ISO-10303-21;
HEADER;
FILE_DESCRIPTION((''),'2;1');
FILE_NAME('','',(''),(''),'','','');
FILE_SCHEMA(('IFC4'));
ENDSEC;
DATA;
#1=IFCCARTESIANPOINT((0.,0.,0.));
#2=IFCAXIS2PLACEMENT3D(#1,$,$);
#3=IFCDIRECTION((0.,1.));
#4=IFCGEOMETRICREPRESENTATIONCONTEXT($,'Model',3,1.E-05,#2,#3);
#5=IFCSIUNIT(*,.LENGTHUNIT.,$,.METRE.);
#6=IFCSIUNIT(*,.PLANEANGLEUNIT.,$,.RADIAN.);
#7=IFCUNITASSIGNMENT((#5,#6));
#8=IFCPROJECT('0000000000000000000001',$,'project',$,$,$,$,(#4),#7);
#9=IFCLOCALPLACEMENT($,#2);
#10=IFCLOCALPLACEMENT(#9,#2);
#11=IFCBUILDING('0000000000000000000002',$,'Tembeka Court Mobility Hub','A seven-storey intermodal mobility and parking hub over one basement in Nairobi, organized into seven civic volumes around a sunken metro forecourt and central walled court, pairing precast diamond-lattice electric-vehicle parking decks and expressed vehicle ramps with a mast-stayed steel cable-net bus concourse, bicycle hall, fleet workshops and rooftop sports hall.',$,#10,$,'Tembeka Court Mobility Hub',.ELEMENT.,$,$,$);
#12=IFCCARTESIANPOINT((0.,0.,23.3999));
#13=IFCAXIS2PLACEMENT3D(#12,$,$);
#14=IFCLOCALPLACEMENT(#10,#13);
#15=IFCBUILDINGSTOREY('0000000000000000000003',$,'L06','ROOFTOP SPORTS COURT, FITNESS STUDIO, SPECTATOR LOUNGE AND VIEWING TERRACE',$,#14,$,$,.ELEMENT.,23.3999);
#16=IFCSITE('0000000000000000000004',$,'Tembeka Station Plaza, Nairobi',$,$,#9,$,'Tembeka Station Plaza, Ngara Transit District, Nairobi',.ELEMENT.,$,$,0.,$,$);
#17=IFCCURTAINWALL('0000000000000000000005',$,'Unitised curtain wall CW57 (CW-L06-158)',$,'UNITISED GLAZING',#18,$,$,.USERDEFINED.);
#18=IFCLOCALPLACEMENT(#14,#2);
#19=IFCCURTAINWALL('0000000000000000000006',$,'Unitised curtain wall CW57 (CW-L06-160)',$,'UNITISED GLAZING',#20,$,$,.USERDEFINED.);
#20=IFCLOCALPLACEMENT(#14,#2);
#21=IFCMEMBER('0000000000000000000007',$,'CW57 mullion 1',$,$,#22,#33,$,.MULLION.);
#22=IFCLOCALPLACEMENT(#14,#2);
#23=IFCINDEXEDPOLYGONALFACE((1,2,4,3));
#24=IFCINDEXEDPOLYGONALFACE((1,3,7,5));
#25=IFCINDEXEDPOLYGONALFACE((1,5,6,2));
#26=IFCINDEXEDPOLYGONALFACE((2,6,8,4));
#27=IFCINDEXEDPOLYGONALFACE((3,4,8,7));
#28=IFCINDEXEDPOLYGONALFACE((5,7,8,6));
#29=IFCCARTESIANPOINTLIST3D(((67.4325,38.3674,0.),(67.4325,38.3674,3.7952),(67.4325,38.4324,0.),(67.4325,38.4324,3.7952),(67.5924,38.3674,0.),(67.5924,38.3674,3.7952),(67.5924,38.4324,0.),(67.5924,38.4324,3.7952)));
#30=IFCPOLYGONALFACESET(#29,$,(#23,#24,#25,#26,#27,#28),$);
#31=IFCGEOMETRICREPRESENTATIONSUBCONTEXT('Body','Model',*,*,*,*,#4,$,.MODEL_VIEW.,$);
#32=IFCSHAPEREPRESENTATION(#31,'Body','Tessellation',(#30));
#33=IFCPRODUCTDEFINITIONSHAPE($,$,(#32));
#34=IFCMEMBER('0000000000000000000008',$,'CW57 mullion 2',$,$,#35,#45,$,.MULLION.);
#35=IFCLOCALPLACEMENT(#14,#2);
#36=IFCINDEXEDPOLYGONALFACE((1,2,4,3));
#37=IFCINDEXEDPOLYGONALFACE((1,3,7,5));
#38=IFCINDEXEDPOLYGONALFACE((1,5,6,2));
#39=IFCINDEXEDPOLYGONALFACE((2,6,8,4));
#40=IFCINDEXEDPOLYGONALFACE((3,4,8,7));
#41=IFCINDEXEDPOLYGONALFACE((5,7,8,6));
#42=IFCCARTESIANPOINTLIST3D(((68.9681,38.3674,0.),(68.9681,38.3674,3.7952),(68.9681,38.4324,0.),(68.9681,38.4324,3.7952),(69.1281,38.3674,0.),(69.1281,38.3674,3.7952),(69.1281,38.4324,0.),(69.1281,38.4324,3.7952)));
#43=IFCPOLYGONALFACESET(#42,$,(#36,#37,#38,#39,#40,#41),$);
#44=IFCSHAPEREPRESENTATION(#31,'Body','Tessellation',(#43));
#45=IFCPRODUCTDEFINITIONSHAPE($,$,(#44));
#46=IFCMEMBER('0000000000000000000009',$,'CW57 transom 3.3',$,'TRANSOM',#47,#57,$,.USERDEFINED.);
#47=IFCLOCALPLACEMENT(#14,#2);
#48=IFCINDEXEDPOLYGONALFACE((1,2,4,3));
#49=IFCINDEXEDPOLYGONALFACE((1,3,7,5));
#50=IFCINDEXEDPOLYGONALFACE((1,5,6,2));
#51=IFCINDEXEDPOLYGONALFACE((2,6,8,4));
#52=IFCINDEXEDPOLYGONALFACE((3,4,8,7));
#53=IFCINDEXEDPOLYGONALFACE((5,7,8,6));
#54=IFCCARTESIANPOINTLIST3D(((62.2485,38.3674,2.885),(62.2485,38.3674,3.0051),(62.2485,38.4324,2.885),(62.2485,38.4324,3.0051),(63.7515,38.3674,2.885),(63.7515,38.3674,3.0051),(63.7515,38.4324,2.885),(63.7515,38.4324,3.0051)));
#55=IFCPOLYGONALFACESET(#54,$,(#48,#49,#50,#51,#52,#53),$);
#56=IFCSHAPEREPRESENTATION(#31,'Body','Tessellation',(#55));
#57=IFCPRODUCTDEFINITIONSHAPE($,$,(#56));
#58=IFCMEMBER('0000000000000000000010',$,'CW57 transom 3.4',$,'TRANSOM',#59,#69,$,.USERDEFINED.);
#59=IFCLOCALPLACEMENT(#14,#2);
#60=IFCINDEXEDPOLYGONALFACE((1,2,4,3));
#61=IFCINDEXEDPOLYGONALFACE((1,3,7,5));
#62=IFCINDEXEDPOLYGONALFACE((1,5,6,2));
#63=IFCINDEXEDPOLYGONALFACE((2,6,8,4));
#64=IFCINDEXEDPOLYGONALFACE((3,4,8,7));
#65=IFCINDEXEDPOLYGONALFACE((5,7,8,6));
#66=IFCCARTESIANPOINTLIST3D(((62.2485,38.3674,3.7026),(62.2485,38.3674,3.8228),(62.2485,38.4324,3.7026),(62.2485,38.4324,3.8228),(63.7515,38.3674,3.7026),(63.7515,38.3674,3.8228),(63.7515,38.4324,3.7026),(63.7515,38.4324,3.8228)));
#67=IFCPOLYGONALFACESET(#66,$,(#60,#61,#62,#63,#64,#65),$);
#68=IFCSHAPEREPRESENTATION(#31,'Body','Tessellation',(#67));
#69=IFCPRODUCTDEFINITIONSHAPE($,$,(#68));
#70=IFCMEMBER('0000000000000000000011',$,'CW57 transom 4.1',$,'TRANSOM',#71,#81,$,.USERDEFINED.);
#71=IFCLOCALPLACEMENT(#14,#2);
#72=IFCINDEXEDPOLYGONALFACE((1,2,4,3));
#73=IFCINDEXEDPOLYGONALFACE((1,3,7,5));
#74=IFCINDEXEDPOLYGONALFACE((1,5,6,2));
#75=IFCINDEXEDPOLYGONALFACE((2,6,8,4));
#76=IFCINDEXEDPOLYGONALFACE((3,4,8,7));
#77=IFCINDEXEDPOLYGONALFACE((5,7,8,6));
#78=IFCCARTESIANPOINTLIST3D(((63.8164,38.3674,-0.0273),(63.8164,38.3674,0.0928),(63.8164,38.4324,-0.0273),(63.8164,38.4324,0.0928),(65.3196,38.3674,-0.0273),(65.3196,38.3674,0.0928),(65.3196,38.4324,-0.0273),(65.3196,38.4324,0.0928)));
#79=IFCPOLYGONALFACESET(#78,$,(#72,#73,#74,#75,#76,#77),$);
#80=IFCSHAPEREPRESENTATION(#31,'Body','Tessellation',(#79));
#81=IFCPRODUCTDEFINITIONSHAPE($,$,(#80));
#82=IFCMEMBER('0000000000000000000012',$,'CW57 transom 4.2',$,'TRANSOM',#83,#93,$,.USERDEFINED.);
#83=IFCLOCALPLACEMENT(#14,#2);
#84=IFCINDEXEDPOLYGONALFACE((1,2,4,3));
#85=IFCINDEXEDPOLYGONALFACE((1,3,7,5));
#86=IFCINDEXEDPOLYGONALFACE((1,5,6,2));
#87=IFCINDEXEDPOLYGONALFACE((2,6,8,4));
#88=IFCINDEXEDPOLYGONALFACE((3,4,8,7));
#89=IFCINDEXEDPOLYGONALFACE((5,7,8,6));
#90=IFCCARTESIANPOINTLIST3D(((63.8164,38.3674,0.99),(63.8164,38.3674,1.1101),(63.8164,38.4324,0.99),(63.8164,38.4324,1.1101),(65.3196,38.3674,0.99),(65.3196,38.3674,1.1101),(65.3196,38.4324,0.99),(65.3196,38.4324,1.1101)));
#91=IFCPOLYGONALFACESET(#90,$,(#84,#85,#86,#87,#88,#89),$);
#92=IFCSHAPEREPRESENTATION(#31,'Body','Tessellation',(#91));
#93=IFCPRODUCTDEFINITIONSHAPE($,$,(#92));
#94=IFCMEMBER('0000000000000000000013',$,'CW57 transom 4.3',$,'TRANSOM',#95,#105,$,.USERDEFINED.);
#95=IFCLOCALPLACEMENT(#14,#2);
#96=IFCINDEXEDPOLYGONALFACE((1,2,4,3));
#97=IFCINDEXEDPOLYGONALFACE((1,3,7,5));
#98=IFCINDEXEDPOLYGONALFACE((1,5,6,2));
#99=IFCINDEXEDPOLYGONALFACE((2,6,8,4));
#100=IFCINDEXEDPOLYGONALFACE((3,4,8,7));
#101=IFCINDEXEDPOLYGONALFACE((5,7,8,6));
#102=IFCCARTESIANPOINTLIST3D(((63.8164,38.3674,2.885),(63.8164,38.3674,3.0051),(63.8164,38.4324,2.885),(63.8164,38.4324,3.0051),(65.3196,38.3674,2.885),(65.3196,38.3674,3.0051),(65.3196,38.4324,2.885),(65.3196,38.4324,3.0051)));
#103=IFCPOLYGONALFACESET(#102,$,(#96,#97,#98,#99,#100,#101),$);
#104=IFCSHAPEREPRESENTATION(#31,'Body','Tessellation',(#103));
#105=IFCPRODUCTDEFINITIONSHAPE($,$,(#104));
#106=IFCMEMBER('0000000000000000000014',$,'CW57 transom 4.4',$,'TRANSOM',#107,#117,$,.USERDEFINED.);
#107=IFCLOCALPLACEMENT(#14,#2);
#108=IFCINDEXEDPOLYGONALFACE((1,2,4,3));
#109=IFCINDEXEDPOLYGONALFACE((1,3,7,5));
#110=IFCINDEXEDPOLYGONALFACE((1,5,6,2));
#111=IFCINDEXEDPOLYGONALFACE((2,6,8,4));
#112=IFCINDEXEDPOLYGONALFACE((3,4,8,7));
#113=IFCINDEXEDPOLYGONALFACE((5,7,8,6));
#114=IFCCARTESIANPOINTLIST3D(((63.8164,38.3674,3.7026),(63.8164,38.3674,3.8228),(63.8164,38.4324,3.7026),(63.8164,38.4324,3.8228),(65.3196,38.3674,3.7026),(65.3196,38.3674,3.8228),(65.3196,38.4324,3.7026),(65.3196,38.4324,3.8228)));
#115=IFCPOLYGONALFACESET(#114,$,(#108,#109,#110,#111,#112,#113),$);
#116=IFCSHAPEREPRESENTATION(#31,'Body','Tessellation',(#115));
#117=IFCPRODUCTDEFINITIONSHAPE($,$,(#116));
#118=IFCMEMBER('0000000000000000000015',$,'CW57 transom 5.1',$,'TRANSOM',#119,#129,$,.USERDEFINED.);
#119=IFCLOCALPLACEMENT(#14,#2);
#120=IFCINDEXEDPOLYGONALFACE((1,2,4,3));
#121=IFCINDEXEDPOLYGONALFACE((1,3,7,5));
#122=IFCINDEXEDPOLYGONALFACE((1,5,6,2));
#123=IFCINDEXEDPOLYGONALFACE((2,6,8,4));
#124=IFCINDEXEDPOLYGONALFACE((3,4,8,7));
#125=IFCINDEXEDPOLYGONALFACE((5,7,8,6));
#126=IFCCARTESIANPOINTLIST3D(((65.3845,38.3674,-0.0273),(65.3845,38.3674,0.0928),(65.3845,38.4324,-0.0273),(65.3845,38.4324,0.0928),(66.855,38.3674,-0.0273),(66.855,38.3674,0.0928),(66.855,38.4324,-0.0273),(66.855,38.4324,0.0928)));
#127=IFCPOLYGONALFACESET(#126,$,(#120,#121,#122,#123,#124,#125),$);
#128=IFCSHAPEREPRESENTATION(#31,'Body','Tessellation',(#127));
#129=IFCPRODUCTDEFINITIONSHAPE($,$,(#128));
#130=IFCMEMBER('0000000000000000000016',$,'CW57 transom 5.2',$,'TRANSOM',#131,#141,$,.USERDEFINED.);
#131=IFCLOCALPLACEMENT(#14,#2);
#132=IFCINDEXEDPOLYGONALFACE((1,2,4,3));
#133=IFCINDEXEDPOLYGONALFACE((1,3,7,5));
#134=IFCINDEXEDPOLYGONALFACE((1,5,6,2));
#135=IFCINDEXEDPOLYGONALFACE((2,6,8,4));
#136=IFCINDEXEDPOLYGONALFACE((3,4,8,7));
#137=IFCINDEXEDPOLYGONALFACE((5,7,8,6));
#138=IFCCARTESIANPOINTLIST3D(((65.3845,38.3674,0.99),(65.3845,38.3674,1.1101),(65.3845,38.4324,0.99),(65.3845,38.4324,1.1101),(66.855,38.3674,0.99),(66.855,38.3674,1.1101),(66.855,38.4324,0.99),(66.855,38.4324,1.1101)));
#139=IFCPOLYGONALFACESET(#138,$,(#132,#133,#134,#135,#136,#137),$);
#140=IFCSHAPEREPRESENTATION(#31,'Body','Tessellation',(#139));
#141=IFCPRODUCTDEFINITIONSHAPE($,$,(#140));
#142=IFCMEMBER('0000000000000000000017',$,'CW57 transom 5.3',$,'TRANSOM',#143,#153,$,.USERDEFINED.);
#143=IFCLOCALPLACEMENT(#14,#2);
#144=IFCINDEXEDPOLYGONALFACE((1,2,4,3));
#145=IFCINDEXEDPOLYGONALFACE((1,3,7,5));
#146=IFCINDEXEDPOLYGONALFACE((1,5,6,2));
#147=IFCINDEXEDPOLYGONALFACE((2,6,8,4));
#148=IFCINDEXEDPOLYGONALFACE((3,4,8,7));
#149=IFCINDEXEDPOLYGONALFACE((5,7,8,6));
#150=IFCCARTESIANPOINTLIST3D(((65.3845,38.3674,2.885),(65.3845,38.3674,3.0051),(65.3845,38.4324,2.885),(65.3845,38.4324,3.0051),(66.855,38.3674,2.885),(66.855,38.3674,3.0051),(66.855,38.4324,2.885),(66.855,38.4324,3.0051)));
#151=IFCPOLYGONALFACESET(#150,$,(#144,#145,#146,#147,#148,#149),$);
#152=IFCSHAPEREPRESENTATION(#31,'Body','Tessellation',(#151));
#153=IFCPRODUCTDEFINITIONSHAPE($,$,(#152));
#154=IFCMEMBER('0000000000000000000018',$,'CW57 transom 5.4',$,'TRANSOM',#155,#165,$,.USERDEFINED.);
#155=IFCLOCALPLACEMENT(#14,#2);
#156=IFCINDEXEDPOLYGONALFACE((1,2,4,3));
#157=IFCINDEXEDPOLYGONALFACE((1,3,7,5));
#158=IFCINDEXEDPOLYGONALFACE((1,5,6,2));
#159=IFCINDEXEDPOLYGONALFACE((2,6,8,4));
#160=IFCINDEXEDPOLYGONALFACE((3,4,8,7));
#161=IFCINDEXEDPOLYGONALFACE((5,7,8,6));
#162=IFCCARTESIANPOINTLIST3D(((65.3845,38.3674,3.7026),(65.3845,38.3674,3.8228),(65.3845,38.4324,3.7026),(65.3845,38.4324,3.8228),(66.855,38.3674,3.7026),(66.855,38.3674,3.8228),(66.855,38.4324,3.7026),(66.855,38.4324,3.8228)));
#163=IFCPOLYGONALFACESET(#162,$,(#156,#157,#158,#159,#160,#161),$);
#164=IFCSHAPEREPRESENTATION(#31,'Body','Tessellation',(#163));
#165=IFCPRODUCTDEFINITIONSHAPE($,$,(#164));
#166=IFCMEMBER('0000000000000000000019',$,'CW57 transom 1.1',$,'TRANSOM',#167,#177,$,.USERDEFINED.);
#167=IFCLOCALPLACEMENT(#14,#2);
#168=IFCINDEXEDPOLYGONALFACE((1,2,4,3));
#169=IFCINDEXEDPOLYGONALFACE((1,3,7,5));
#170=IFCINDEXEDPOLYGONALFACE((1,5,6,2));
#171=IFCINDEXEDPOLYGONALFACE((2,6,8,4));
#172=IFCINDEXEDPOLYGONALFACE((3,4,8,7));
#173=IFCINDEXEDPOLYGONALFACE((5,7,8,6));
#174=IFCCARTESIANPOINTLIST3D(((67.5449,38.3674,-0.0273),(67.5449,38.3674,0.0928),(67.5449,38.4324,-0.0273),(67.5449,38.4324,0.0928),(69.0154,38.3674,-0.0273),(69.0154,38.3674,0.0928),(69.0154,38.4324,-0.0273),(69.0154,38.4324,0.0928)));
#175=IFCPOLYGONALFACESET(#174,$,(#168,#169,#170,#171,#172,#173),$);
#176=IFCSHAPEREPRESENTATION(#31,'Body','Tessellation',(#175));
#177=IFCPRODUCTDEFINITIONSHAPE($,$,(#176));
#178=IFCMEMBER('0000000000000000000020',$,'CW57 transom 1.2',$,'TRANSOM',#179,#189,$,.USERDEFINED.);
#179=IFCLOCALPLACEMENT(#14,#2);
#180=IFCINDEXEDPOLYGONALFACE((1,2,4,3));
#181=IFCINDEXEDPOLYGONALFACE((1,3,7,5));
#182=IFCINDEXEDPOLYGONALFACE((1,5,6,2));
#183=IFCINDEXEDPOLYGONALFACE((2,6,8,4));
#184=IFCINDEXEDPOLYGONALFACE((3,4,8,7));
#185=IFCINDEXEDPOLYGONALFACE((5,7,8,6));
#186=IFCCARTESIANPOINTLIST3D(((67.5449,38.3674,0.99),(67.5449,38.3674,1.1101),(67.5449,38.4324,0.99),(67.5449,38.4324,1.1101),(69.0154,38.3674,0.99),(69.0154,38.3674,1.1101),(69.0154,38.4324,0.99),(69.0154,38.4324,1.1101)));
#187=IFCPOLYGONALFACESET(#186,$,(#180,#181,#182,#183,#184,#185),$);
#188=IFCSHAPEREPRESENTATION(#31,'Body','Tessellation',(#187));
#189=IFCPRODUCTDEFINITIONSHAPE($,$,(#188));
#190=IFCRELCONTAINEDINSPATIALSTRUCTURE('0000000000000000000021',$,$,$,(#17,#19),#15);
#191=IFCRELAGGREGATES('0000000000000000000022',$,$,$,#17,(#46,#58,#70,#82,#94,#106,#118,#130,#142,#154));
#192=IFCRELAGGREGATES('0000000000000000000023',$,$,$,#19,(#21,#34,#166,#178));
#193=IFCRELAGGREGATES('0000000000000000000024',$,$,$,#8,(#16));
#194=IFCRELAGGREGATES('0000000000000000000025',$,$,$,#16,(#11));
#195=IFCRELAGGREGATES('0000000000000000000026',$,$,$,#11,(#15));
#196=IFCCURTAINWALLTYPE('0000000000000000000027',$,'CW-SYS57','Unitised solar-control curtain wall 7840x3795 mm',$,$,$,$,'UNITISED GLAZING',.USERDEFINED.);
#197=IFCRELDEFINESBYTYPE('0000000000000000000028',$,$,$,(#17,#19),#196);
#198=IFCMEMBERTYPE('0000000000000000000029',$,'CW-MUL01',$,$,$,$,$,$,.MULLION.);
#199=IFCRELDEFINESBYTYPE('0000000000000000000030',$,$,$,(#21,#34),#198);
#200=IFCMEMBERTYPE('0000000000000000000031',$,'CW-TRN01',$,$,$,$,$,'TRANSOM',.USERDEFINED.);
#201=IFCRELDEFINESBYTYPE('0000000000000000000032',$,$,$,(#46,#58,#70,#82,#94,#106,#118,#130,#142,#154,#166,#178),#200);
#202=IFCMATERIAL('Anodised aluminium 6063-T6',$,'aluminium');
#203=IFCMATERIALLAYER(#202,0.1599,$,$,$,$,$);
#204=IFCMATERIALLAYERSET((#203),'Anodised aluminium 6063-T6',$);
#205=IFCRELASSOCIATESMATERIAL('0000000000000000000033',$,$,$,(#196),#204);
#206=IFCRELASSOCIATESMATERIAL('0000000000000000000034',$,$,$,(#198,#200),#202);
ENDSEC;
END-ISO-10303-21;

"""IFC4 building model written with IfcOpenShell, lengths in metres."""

from ifc_helpers import new_model, si_unit, direction, frame, origin, origin_2d, place, context, subcontext, project, spatial, rectangle, extrude, material, layer, layer_set, material_profile, profile_set, type_object, element, aggregate, save


model = new_model("IFC4")

# Units and contexts
model_context = context("Model", 3, precision=1e-05, world=origin(), true_north=direction((0.0, 1.0)))
body_context = subcontext(model_context, "Body", "Model", "MODEL_VIEW")
ifc_project = project(units=[si_unit("LENGTHUNIT", "METRE"), si_unit("PLANEANGLEUNIT", "RADIAN")], contexts=[model_context])

# Site, building, storey
site_placement = place(None, origin())
site = spatial("IfcSite", under=ifc_project, at=site_placement, Name="Tembeka Station Plaza, Nairobi", LongName="Tembeka Station Plaza, Ngara Transit District, Nairobi", CompositionType="ELEMENT", RefElevation=0.0)
building_placement = place(site_placement, origin())
building = spatial("IfcBuilding", under=site, at=building_placement, Name="Tembeka Court Mobility Hub", Description="A seven-storey intermodal mobility and parking hub over one basement in Nairobi, organized into seven civic volumes around a sunken metro forecourt and central walled court, pairing precast diamond-lattice electric-vehicle parking decks and expressed vehicle ramps with a mast-stayed steel cable-net bus concourse, bicycle hall, fleet workshops and rooftop sports hall.", LongName="Tembeka Court Mobility Hub", CompositionType="ELEMENT")
storey_placement = place(building_placement, frame((0.0, 0.0, 23.3999)))
storey = spatial("IfcBuildingStorey", under=building, at=storey_placement, Name="L06", Description="ROOFTOP SPORTS COURT, FITNESS STUDIO, SPECTATOR LOUNGE AND VIEWING TERRACE", CompositionType="ELEMENT", Elevation=23.3999)

# Curtain walls, members
ifc_material_1 = material(Name="Anodised aluminium 6063-T6", Category="aluminium")
ifc_layer_1 = layer(ifc_material_1, 0.1599)
ifc_layer_set_1 = layer_set([ifc_layer_1], Name="Anodised aluminium 6063-T6")
curtain_wall_type = type_object("IfcCurtainWallType", Name="CW-SYS57", Description="Unitised solar-control curtain wall 7840x3795 mm", ElementType="UNITISED GLAZING", PredefinedType="USERDEFINED", material=ifc_layer_set_1)
curtain_wall_1_placement = place(storey_placement, origin())
curtain_wall_1 = element("IfcCurtainWall", 1, at=curtain_wall_1_placement, inside=storey, type_object=curtain_wall_type, Name="Unitised curtain wall CW57 (CW-L06-158)", ObjectType="UNITISED GLAZING", PredefinedType="USERDEFINED")
ifc_material_profile_1 = material_profile(ifc_material_1, rectangle(XDim=0.0649, YDim=0.1599, at=origin_2d()), Name="ALU-MUL 65x160")
ifc_profile_set_1 = profile_set([ifc_material_profile_1], Name="Anodised aluminium 6063-T6")
member_type_1 = type_object("IfcMemberType", Name="CW-MUL01", PredefinedType="MULLION", material=ifc_profile_set_1)
curtain_wall_2_placement = place(storey_placement, origin())
curtain_wall_2 = element("IfcCurtainWall", 2, at=curtain_wall_2_placement, inside=storey, type_object=curtain_wall_type, Name="Unitised curtain wall CW57 (CW-L06-160)", ObjectType="UNITISED GLAZING", PredefinedType="USERDEFINED")
member_1_placement = place(storey_placement, frame((67.5125, 38.3999, 0.0), z_axis=(0.0, 0.0, 1.0), x_axis=(0.0, 1.0, 0.0)))
member_1 = element("IfcMember", 3, at=member_1_placement, type_object=member_type_1, Name="CW57 mullion 1", PredefinedType="MULLION", context=body_context, shape_type="SweptSolid", body=[
    extrude(rectangle(XDim=0.0649, YDim=0.1599, at=origin_2d()), origin(), (0.0, 0.0, 1.0), 3.7952),
])
member_2_placement = place(storey_placement, frame((69.0481, 38.3999, 0.0), z_axis=(0.0, 0.0, 1.0), x_axis=(0.0, 1.0, 0.0)))
member_2 = element("IfcMember", 4, at=member_2_placement, type_object=member_type_1, Name="CW57 mullion 2", PredefinedType="MULLION", context=body_context, shape_type="SweptSolid", body=[
    extrude(rectangle(XDim=0.0649, YDim=0.1599, at=origin_2d()), origin(), (0.0, 0.0, 1.0), 3.7952),
])

# Members
ifc_material_profile_2 = material_profile(ifc_material_1, rectangle(XDim=0.0649, YDim=0.1201, at=origin_2d()), Name="ALU-TRN 65x120")
ifc_profile_set_2 = profile_set([ifc_material_profile_2], Name="Anodised aluminium 6063-T6")
member_type_2 = type_object("IfcMemberType", Name="CW-TRN01", ElementType="TRANSOM", PredefinedType="USERDEFINED", material=ifc_profile_set_2)
member_3_placement = place(storey_placement, frame((62.2485, 38.3999, 2.9451), z_axis=(1.0, 0.0, 0.0), x_axis=(0.0, 1.0, 0.0)))
member_3 = element("IfcMember", 5, at=member_3_placement, type_object=member_type_2, Name="CW57 transom 3.3", ObjectType="TRANSOM", PredefinedType="USERDEFINED", context=body_context, shape_type="SweptSolid", body=[
    extrude(rectangle(XDim=0.0649, YDim=0.1201, at=origin_2d()), origin(), (0.0, 0.0, 1.0), 1.5029),
])
member_4_placement = place(storey_placement, frame((62.2485, 38.3999, 3.7627), z_axis=(1.0, 0.0, 0.0), x_axis=(0.0, 1.0, 0.0)))
member_4 = element("IfcMember", 6, at=member_4_placement, type_object=member_type_2, Name="CW57 transom 3.4", ObjectType="TRANSOM", PredefinedType="USERDEFINED", context=body_context, shape_type="SweptSolid", body=[
    extrude(rectangle(XDim=0.0649, YDim=0.1201, at=origin_2d()), origin(), (0.0, 0.0, 1.0), 1.5029),
])
member_5_placement = place(storey_placement, frame((63.8164, 38.3999, 0.0327), z_axis=(1.0, 0.0, 0.0), x_axis=(0.0, 1.0, 0.0)))
member_5 = element("IfcMember", 7, at=member_5_placement, type_object=member_type_2, Name="CW57 transom 4.1", ObjectType="TRANSOM", PredefinedType="USERDEFINED", context=body_context, shape_type="SweptSolid", body=[
    extrude(rectangle(XDim=0.0649, YDim=0.1201, at=origin_2d()), origin(), (0.0, 0.0, 1.0), 1.5032),
])
member_6_placement = place(storey_placement, frame((63.8164, 38.3999, 1.05), z_axis=(1.0, 0.0, 0.0), x_axis=(0.0, 1.0, 0.0)))
member_6 = element("IfcMember", 8, at=member_6_placement, type_object=member_type_2, Name="CW57 transom 4.2", ObjectType="TRANSOM", PredefinedType="USERDEFINED", context=body_context, shape_type="SweptSolid", body=[
    extrude(rectangle(XDim=0.0649, YDim=0.1201, at=origin_2d()), origin(), (0.0, 0.0, 1.0), 1.5032),
])
member_7_placement = place(storey_placement, frame((63.8164, 38.3999, 2.9451), z_axis=(1.0, 0.0, 0.0), x_axis=(0.0, 1.0, 0.0)))
member_7 = element("IfcMember", 9, at=member_7_placement, type_object=member_type_2, Name="CW57 transom 4.3", ObjectType="TRANSOM", PredefinedType="USERDEFINED", context=body_context, shape_type="SweptSolid", body=[
    extrude(rectangle(XDim=0.0649, YDim=0.1201, at=origin_2d()), origin(), (0.0, 0.0, 1.0), 1.5032),
])
member_8_placement = place(storey_placement, frame((63.8164, 38.3999, 3.7627), z_axis=(1.0, 0.0, 0.0), x_axis=(0.0, 1.0, 0.0)))
member_8 = element("IfcMember", 10, at=member_8_placement, type_object=member_type_2, Name="CW57 transom 4.4", ObjectType="TRANSOM", PredefinedType="USERDEFINED", context=body_context, shape_type="SweptSolid", body=[
    extrude(rectangle(XDim=0.0649, YDim=0.1201, at=origin_2d()), origin(), (0.0, 0.0, 1.0), 1.5032),
])
member_9_placement = place(storey_placement, frame((65.3845, 38.3999, 0.0327), z_axis=(1.0, 0.0, 0.0), x_axis=(0.0, 1.0, 0.0)))
member_9 = element("IfcMember", 11, at=member_9_placement, type_object=member_type_2, Name="CW57 transom 5.1", ObjectType="TRANSOM", PredefinedType="USERDEFINED", context=body_context, shape_type="SweptSolid", body=[
    extrude(rectangle(XDim=0.0649, YDim=0.1201, at=origin_2d()), origin(), (0.0, 0.0, 1.0), 1.4705),
])
member_10_placement = place(storey_placement, frame((65.3845, 38.3999, 1.05), z_axis=(1.0, 0.0, 0.0), x_axis=(0.0, 1.0, 0.0)))
member_10 = element("IfcMember", 12, at=member_10_placement, type_object=member_type_2, Name="CW57 transom 5.2", ObjectType="TRANSOM", PredefinedType="USERDEFINED", context=body_context, shape_type="SweptSolid", body=[
    extrude(rectangle(XDim=0.0649, YDim=0.1201, at=origin_2d()), origin(), (0.0, 0.0, 1.0), 1.4705),
])
member_11_placement = place(storey_placement, frame((65.3845, 38.3999, 2.9451), z_axis=(1.0, 0.0, 0.0), x_axis=(0.0, 1.0, 0.0)))
member_11 = element("IfcMember", 13, at=member_11_placement, type_object=member_type_2, Name="CW57 transom 5.3", ObjectType="TRANSOM", PredefinedType="USERDEFINED", context=body_context, shape_type="SweptSolid", body=[
    extrude(rectangle(XDim=0.0649, YDim=0.1201, at=origin_2d()), origin(), (0.0, 0.0, 1.0), 1.4705),
])
member_12_placement = place(storey_placement, frame((65.3845, 38.3999, 3.7627), z_axis=(1.0, 0.0, 0.0), x_axis=(0.0, 1.0, 0.0)))
member_12 = element("IfcMember", 14, at=member_12_placement, type_object=member_type_2, Name="CW57 transom 5.4", ObjectType="TRANSOM", PredefinedType="USERDEFINED", context=body_context, shape_type="SweptSolid", body=[
    extrude(rectangle(XDim=0.0649, YDim=0.1201, at=origin_2d()), origin(), (0.0, 0.0, 1.0), 1.4705),
])
member_13_placement = place(storey_placement, frame((67.5449, 38.3999, 0.0327), z_axis=(1.0, 0.0, 0.0), x_axis=(0.0, 1.0, 0.0)))
member_13 = element("IfcMember", 15, at=member_13_placement, type_object=member_type_2, Name="CW57 transom 1.1", ObjectType="TRANSOM", PredefinedType="USERDEFINED", context=body_context, shape_type="SweptSolid", body=[
    extrude(rectangle(XDim=0.0649, YDim=0.1201, at=origin_2d()), origin(), (0.0, 0.0, 1.0), 1.4705),
])
member_14_placement = place(storey_placement, frame((67.5449, 38.3999, 1.05), z_axis=(1.0, 0.0, 0.0), x_axis=(0.0, 1.0, 0.0)))
member_14 = element("IfcMember", 16, at=member_14_placement, type_object=member_type_2, Name="CW57 transom 1.2", ObjectType="TRANSOM", PredefinedType="USERDEFINED", context=body_context, shape_type="SweptSolid", body=[
    extrude(rectangle(XDim=0.0649, YDim=0.1201, at=origin_2d()), origin(), (0.0, 0.0, 1.0), 1.4705),
])

aggregate(curtain_wall_1, [member_3, member_4, member_5, member_6, member_7, member_8, member_9, member_10, member_11, member_12])
aggregate(curtain_wall_2, [member_1, member_2, member_13, member_14])

save(model, "model.ifc")
